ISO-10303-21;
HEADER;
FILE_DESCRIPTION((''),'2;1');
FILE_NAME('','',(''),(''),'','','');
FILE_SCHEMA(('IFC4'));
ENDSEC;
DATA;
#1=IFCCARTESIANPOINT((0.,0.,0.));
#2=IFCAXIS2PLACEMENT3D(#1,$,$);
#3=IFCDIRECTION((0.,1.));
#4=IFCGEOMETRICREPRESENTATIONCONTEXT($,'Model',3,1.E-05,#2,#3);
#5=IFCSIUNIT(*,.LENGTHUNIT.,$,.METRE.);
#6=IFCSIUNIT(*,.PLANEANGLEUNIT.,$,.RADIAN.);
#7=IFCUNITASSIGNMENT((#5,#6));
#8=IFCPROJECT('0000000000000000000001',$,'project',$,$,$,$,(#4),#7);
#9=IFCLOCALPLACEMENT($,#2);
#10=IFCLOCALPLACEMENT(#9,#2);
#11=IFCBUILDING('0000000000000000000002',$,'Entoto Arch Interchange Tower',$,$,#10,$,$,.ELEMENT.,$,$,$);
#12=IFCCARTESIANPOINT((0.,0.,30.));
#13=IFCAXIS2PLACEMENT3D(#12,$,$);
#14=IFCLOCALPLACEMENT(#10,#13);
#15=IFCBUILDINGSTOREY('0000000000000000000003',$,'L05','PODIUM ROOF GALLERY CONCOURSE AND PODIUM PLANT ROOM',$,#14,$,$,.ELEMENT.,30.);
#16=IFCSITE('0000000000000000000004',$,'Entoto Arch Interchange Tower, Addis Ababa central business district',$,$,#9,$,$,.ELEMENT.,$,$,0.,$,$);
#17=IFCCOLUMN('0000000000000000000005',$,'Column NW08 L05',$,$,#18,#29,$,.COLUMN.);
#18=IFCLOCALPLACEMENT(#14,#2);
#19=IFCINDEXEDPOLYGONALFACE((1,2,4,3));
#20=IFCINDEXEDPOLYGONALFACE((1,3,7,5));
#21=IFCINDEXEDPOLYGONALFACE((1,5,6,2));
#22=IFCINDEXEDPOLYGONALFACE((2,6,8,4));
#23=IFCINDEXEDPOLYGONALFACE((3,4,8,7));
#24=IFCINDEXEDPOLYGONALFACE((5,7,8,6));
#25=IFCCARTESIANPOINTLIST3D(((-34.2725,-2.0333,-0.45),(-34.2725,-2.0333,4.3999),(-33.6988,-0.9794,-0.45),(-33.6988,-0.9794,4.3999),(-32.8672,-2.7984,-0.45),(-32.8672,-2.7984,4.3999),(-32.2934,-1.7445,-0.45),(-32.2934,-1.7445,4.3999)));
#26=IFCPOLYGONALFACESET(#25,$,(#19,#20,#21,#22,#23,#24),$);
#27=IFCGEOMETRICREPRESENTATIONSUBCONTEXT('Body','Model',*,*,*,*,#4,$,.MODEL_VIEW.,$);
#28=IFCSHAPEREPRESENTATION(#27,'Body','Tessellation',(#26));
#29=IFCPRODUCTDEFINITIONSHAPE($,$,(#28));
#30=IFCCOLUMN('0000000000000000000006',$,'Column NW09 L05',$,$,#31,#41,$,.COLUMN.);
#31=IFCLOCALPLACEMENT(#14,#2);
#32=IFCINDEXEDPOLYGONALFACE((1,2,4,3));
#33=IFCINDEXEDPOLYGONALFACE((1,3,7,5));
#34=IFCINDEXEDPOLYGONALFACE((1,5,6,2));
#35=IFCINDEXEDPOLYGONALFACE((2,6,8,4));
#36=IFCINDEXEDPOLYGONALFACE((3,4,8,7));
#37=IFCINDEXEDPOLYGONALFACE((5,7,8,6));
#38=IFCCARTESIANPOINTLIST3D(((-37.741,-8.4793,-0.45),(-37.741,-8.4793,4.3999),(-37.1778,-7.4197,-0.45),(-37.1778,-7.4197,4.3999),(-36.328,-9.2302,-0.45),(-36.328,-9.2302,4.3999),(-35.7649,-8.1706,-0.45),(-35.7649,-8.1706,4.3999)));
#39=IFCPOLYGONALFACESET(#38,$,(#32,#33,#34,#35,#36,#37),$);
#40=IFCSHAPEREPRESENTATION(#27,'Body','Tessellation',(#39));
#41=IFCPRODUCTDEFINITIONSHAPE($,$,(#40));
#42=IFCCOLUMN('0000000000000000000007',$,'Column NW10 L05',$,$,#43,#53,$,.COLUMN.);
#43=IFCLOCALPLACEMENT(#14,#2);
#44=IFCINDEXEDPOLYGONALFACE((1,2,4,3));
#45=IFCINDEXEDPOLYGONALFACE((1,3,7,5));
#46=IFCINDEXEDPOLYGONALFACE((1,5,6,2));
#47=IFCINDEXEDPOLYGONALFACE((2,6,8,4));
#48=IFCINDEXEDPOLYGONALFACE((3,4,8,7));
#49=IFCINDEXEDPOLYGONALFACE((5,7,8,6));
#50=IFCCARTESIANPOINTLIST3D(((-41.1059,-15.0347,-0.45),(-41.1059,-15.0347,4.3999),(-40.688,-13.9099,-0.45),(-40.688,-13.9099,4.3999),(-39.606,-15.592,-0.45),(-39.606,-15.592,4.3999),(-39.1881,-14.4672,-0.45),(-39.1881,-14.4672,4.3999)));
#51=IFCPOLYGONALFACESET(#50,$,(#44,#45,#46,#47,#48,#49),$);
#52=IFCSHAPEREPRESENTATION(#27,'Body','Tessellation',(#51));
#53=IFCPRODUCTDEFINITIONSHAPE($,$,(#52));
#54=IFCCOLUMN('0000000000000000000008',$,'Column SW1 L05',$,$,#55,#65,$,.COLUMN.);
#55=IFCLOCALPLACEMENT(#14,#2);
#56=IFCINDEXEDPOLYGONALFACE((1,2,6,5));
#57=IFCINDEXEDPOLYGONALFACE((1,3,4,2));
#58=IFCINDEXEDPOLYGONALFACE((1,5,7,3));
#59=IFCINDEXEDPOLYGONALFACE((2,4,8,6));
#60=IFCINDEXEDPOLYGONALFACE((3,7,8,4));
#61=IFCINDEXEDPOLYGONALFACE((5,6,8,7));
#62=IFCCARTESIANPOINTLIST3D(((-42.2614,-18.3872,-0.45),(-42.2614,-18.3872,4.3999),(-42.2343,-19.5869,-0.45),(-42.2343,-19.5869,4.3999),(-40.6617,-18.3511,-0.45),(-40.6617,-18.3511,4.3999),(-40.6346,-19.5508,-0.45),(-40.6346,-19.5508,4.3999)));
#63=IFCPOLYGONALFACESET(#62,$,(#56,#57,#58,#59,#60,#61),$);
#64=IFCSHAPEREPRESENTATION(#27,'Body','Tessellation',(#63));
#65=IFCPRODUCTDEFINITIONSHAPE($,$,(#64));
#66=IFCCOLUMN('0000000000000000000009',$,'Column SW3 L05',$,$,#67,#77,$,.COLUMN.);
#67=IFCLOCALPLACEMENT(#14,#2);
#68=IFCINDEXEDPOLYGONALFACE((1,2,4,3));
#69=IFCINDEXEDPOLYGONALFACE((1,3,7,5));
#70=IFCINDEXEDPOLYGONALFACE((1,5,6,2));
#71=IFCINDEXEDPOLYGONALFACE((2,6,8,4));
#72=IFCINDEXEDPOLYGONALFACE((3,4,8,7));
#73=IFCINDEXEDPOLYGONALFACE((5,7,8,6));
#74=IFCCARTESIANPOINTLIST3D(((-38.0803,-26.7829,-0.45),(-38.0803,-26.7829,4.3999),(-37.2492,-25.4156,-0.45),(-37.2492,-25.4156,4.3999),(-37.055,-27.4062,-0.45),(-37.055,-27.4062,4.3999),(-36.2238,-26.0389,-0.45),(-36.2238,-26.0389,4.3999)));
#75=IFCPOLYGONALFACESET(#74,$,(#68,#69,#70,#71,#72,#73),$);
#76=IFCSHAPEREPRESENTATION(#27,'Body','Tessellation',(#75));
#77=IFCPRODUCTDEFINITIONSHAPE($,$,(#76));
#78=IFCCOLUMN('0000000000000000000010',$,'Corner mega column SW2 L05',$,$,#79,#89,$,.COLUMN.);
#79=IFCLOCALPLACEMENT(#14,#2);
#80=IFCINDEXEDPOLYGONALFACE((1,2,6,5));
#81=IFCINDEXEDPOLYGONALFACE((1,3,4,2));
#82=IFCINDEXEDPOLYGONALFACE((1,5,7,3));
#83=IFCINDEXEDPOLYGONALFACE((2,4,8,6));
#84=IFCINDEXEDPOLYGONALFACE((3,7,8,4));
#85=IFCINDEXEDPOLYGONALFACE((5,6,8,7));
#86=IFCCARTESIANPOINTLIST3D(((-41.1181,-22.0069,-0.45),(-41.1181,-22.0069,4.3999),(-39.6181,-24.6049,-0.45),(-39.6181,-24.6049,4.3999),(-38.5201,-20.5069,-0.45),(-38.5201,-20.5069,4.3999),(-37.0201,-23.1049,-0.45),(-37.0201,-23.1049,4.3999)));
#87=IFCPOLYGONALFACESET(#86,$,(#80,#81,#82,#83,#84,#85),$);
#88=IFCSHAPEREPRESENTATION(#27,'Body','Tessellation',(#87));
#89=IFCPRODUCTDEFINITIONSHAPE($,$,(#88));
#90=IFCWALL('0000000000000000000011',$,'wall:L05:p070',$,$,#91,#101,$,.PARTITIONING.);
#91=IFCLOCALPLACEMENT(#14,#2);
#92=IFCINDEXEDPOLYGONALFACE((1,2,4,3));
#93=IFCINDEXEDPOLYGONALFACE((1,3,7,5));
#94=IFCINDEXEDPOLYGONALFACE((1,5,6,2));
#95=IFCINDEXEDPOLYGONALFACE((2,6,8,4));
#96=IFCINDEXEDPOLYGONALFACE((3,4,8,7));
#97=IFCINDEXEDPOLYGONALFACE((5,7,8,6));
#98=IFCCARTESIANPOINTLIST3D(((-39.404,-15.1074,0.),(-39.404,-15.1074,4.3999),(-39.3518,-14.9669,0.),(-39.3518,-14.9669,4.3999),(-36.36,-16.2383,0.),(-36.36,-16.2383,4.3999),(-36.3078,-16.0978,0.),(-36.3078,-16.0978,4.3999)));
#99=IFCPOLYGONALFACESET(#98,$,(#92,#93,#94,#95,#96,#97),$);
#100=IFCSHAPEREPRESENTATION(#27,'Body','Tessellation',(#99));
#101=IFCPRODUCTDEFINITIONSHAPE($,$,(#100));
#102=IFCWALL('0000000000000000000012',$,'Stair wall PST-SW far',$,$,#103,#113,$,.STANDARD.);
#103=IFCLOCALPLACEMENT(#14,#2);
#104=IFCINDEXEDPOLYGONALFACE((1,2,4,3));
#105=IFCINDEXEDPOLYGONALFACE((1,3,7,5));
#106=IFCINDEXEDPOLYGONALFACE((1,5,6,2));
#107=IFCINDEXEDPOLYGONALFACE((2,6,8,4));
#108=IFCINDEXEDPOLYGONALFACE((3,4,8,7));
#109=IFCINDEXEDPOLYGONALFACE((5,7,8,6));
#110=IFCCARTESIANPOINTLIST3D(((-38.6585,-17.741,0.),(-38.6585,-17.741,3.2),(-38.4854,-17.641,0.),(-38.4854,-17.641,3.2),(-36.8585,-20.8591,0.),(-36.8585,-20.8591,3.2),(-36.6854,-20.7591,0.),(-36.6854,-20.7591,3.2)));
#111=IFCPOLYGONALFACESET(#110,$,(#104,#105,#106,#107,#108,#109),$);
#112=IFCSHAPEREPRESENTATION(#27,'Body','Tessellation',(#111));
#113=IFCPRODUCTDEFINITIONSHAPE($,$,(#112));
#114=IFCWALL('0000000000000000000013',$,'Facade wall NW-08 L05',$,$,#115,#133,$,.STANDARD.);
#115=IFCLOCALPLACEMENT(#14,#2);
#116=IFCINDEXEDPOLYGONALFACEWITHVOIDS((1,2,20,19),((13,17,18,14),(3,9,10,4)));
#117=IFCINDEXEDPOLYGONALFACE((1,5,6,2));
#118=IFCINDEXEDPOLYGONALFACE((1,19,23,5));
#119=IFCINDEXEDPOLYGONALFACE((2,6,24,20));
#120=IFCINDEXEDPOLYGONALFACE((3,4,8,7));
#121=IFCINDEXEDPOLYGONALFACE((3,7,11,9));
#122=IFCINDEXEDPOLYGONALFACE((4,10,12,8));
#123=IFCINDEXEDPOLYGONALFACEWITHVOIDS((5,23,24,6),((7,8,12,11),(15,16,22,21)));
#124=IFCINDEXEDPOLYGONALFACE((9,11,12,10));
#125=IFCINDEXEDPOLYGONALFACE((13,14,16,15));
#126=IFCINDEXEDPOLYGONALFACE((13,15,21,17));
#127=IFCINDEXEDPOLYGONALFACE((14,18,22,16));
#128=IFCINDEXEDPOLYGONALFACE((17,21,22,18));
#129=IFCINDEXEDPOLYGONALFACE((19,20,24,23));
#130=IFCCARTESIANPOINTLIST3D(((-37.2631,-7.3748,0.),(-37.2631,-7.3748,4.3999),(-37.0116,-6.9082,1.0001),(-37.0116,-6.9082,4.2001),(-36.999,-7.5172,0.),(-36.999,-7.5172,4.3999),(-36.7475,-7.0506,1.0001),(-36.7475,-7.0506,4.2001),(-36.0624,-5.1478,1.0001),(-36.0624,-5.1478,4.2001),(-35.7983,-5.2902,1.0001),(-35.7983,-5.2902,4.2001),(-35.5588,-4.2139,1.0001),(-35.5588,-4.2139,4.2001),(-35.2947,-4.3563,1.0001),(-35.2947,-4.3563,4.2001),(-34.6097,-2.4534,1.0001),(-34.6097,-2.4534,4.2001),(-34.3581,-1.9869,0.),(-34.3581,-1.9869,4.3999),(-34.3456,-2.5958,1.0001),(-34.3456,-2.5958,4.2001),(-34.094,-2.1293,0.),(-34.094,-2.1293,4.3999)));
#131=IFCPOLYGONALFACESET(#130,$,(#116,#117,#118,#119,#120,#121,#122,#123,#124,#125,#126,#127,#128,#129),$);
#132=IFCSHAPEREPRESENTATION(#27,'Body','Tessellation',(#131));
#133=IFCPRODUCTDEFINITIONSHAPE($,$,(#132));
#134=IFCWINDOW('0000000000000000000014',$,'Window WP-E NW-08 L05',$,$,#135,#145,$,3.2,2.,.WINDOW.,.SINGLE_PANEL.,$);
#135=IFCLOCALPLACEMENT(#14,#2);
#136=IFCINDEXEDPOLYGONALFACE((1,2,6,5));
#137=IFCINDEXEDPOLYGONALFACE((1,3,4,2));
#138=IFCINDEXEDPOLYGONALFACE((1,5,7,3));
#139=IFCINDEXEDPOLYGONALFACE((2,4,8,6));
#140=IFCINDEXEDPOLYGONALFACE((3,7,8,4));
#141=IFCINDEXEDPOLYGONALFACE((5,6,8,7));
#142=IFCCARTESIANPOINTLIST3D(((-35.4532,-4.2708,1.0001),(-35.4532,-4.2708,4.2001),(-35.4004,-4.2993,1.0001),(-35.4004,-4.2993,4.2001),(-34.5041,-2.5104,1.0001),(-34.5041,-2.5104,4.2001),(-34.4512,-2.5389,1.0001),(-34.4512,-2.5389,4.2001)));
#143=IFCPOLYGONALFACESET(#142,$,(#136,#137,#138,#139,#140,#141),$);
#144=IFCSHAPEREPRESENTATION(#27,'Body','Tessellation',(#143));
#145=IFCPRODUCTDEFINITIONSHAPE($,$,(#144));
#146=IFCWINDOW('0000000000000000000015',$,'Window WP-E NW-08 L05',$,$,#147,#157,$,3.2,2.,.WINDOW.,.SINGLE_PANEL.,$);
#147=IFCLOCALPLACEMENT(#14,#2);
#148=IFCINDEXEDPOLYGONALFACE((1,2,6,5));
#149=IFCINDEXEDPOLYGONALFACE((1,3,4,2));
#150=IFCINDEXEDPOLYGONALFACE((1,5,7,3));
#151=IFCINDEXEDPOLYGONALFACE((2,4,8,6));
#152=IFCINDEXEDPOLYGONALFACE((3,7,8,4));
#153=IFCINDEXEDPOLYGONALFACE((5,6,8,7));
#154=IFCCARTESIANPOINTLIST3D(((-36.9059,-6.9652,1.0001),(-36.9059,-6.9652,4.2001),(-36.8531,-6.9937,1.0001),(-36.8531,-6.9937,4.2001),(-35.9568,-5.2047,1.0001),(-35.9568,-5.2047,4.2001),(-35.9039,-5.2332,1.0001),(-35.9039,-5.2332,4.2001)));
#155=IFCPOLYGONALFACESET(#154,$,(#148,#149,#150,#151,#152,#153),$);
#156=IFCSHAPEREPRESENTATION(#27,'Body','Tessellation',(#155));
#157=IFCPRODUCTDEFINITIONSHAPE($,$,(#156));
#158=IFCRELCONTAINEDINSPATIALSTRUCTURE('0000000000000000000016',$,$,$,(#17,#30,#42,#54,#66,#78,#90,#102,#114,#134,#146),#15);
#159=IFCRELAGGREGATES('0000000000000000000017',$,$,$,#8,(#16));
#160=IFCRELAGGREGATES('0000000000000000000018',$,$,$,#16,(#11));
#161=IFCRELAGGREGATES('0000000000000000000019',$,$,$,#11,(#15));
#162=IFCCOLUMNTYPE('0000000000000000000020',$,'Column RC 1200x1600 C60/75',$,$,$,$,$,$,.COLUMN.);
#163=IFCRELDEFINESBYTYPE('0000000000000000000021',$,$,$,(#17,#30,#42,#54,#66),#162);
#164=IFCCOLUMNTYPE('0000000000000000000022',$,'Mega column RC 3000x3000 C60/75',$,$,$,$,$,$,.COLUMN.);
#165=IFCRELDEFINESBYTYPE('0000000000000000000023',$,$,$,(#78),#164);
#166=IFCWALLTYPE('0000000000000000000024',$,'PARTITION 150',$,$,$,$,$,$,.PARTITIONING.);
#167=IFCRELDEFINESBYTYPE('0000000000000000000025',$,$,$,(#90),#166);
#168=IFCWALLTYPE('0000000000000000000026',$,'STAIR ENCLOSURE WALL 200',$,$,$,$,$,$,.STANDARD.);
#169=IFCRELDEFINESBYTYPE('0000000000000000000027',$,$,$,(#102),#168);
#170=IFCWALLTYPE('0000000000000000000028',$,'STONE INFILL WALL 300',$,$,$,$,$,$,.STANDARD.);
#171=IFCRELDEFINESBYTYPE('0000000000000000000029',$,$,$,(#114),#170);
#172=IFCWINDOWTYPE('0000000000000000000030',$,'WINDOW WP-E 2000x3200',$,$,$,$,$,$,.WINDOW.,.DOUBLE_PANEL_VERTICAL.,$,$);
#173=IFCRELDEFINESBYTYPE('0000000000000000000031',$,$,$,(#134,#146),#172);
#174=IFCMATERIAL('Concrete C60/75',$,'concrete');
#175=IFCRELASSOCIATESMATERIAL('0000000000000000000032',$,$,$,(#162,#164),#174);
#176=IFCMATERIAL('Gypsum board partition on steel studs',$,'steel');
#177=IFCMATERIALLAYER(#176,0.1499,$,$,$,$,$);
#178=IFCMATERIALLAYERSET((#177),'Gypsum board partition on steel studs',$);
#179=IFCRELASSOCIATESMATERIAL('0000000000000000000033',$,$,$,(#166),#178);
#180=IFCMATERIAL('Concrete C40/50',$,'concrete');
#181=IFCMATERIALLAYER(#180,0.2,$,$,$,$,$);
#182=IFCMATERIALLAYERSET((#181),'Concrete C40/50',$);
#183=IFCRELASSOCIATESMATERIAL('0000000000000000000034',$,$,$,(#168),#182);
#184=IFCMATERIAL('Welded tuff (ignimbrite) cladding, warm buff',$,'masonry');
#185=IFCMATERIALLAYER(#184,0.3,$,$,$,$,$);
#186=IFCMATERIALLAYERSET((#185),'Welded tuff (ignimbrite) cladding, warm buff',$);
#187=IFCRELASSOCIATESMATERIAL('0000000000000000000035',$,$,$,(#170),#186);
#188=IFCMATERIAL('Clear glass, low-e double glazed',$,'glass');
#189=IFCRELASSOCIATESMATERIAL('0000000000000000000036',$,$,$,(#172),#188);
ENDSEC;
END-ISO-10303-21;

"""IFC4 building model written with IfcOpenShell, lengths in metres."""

from ifc_helpers import new_model, si_unit, direction, frame, frame_2d, origin, origin_2d, place, context, subcontext, project, spatial, rectangle, extrude, material, layer, layer_set, material_profile, profile_set, type_object, element, fill, save


model = new_model("IFC4")

# Units and contexts
model_context = context("Model", 3, precision=1e-05, world=origin(), true_north=direction((0.0, 1.0)))
body_context = subcontext(model_context, "Body", "Model", "MODEL_VIEW")
ifc_project = project(units=[si_unit("LENGTHUNIT", "METRE"), si_unit("PLANEANGLEUNIT", "RADIAN")], contexts=[model_context])

# Site, building, storey
site_placement = place(None, origin())
site = spatial("IfcSite", under=ifc_project, at=site_placement, Name="Entoto Arch Interchange Tower, Addis Ababa central business district", CompositionType="ELEMENT", RefElevation=0.0)
building_placement = place(site_placement, origin())
building = spatial("IfcBuilding", under=site, at=building_placement, Name="Entoto Arch Interchange Tower", CompositionType="ELEMENT")
storey_placement = place(building_placement, frame((0.0, 0.0, 30.0)))
storey = spatial("IfcBuildingStorey", under=building, at=storey_placement, Name="L05", Description="PODIUM ROOF GALLERY CONCOURSE AND PODIUM PLANT ROOM", CompositionType="ELEMENT", Elevation=30.0)

# Columns
ifc_material_1 = material(Name="Concrete C60/75", Category="concrete")
ifc_material_profile_1 = material_profile(ifc_material_1, rectangle(XDim=1.2, YDim=1.6001, at=origin_2d()))
ifc_profile_set_1 = profile_set([ifc_material_profile_1], Name="Concrete C60/75")
column_type_1 = type_object("IfcColumnType", Name="Column RC 1200x1600 C60/75", PredefinedType="COLUMN", material=ifc_profile_set_1)
for number, where, z_axis, x_axis, name in (
    (1, (-33.283, -1.8889, -0.45), (0.0, 0.0, 1.0), (0.47814, 0.878284, 0.0), "Column NW08 L05"),
    (2, (-36.7529, -8.325, -0.45), (0.0, 0.0, 1.0), (0.469317, 0.88303, 0.0), "Column NW09 L05"),
    (3, (-40.147, -14.751, -0.45), (0.0, 0.0, 1.0), (0.348278, 0.937391, 0.0), "Column NW10 L05"),
    (4, (-41.448, -18.969, -0.45), (0.0, 0.0, 1.0), (-0.022565, 0.999745, 0.0), "Column SW1 L05"),
    (5, (-37.1521, -26.4109, -0.45), (0.0, 0.0, 1.0), (-0.854522, 0.519415, 0.0), "Column SW3 L05"),
):
    element("IfcColumn", number, at=place(storey_placement, frame(where, z_axis=z_axis, x_axis=x_axis)), inside=storey, type_object=column_type_1, Name=name, PredefinedType="COLUMN", context=body_context, shape_type="SweptSolid", body=[
        extrude(rectangle(XDim=1.2, YDim=1.6001, at=origin_2d()), origin(), (0.0, 0.0, 1.0), 4.8499),
    ])
ifc_material_profile_2 = material_profile(ifc_material_1, rectangle(XDim=3.0, YDim=3.0, at=origin_2d()))
ifc_profile_set_2 = profile_set([ifc_material_profile_2], Name="Concrete C60/75")
column_type_2 = type_object("IfcColumnType", Name="Mega column RC 3000x3000 C60/75", PredefinedType="COLUMN", material=ifc_profile_set_2)
column_placement = place(storey_placement, frame((-39.0691, -22.5559, -0.45), z_axis=(0.0, 0.0, 1.0), x_axis=(0.866025, 0.5, 0.0)))
element("IfcColumn", 6, at=column_placement, inside=storey, type_object=column_type_2, Name="Corner mega column SW2 L05", PredefinedType="COLUMN", context=body_context, shape_type="SweptSolid", body=[
    extrude(rectangle(XDim=3.0, YDim=3.0, at=origin_2d()), origin(), (0.0, 0.0, 1.0), 4.8499),
])

# Walls
ifc_material_2 = material(Name="Gypsum board partition on steel studs", Category="steel")
ifc_layer_1 = layer(ifc_material_2, 0.1499)
ifc_layer_set_1 = layer_set([ifc_layer_1], Name="Gypsum board partition on steel studs")
wall_type_1 = type_object("IfcWallType", Name="PARTITION 150", PredefinedType="PARTITIONING", material=ifc_layer_set_1)
wall_1_placement = place(storey_placement, frame((-36.334, -16.168, 0.0), z_axis=(0.0, 0.0, 1.0), x_axis=(-0.9374, 0.348254, 0.0)))
element("IfcWall", 7, at=wall_1_placement, inside=storey, type_object=wall_type_1, Name="wall:L05:p070", PredefinedType="PARTITIONING", context=body_context, shape_type="SweptSolid", body=[
    extrude(rectangle(XDim=3.2473, YDim=0.1499, at=frame_2d((1.6235, 0.0))), origin(), (0.0, 0.0, 1.0), 4.3999),
])
ifc_material_3 = material(Name="Concrete C40/50", Category="concrete")
ifc_layer_2 = layer(ifc_material_3, 0.2)
ifc_layer_set_2 = layer_set([ifc_layer_2], Name="Concrete C40/50")
wall_type_2 = type_object("IfcWallType", Name="STAIR ENCLOSURE WALL 200", PredefinedType="STANDARD", material=ifc_layer_set_2)
wall_2_placement = place(storey_placement, frame((-38.572, -17.6909, 0.0), z_axis=(0.0, 0.0, 1.0), x_axis=(0.499953, -0.866052, 0.0)))
element("IfcWall", 8, at=wall_2_placement, inside=storey, type_object=wall_type_2, Name="Stair wall PST-SW far", PredefinedType="STANDARD", context=body_context, shape_type="SweptSolid", body=[
    extrude(rectangle(XDim=3.6003, YDim=0.2, at=frame_2d((1.8003, 0.0))), origin(), (0.0, 0.0, 1.0), 3.2),
])

# Wall, openings, windows
ifc_material_4 = material(Name="Welded tuff (ignimbrite) cladding, warm buff", Category="masonry")
ifc_layer_3 = layer(ifc_material_4, 0.3)
ifc_layer_set_3 = layer_set([ifc_layer_3], Name="Welded tuff (ignimbrite) cladding, warm buff")
wall_type_3 = type_object("IfcWallType", Name="STONE INFILL WALL 300", PredefinedType="STANDARD", material=ifc_layer_set_3)
wall_3_placement = place(storey_placement, frame((-34.2261, -2.0581, 0.0), z_axis=(0.0, 0.0, 1.0), x_axis=(-0.474585, -0.88021, 0.0)))
wall_3 = element("IfcWall", 9, at=wall_3_placement, inside=storey, type_object=wall_type_3, Name="Facade wall NW-08 L05", PredefinedType="STANDARD", context=body_context, shape_type="SweptSolid", body=[
    extrude(rectangle(XDim=6.1211, YDim=0.3, at=frame_2d((3.0605, 0.0))), origin(), (0.0, 0.0, 1.0), 4.3999),
])
opening_1_placement = place(wall_3_placement, frame((0.53, 0.0, 1.0)))
opening_1 = element("IfcOpeningElement", 10, at=opening_1_placement, cuts=wall_3, PredefinedType="OPENING", context=body_context, shape_type="SweptSolid", body=[
    extrude(rectangle(XDim=2.0, YDim=3.2, at=frame_2d((1.0, 1.6001))), frame((0.0, 0.1602, 0.0), z_axis=(0.0, -1.0, 0.0), x_axis=(1.0, 0.0, 0.0)), (0.0, 0.0, 1.0), 0.3201),
])
opening_2_placement = place(wall_3_placement, frame((3.5911, 0.0, 1.0)))
opening_2 = element("IfcOpeningElement", 11, at=opening_2_placement, cuts=wall_3, PredefinedType="OPENING", context=body_context, shape_type="SweptSolid", body=[
    extrude(rectangle(XDim=2.0, YDim=3.2, at=frame_2d((1.0, 1.6001))), frame((0.0, 0.1602, 0.0), z_axis=(0.0, -1.0, 0.0), x_axis=(1.0, 0.0, 0.0)), (0.0, 0.0, 1.0), 0.3201),
])
ifc_material_5 = material(Name="Clear glass, low-e double glazed", Category="glass")
window_type_1 = type_object("IfcWindowType", Name="WINDOW WP-E 2000x3200", PartitioningType="DOUBLE_PANEL_VERTICAL", PredefinedType="WINDOW", material=ifc_material_5)
window_1_placement = place(opening_1_placement, origin())
window_1 = element("IfcWindow", 12, at=window_1_placement, inside=storey, type_object=window_type_1, Name="Window WP-E NW-08 L05", OverallHeight=3.2, OverallWidth=2.0, PartitioningType="SINGLE_PANEL", PredefinedType="WINDOW", context=body_context, shape_type="SweptSolid", body=[
    extrude(rectangle(XDim=2.0, YDim=3.2, at=frame_2d((1.0, 1.6001))), frame((0.0, 0.03, 0.0), z_axis=(0.0, -1.0, 0.0), x_axis=(1.0, 0.0, 0.0)), (0.0, 0.0, 1.0), 0.0601),
])
fill(opening_1, window_1)
window_2_placement = place(opening_2_placement, origin())
window_2 = element("IfcWindow", 13, at=window_2_placement, inside=storey, type_object=window_type_1, Name="Window WP-E NW-08 L05", OverallHeight=3.2, OverallWidth=2.0, PartitioningType="SINGLE_PANEL", PredefinedType="WINDOW", context=body_context, shape_type="SweptSolid", body=[
    extrude(rectangle(XDim=2.0, YDim=3.2, at=frame_2d((1.0, 1.6001))), frame((0.0, 0.03, 0.0), z_axis=(0.0, -1.0, 0.0), x_axis=(1.0, 0.0, 0.0)), (0.0, 0.0, 1.0), 0.0601),
])
fill(opening_2, window_2)

save(model, "model.ifc")
